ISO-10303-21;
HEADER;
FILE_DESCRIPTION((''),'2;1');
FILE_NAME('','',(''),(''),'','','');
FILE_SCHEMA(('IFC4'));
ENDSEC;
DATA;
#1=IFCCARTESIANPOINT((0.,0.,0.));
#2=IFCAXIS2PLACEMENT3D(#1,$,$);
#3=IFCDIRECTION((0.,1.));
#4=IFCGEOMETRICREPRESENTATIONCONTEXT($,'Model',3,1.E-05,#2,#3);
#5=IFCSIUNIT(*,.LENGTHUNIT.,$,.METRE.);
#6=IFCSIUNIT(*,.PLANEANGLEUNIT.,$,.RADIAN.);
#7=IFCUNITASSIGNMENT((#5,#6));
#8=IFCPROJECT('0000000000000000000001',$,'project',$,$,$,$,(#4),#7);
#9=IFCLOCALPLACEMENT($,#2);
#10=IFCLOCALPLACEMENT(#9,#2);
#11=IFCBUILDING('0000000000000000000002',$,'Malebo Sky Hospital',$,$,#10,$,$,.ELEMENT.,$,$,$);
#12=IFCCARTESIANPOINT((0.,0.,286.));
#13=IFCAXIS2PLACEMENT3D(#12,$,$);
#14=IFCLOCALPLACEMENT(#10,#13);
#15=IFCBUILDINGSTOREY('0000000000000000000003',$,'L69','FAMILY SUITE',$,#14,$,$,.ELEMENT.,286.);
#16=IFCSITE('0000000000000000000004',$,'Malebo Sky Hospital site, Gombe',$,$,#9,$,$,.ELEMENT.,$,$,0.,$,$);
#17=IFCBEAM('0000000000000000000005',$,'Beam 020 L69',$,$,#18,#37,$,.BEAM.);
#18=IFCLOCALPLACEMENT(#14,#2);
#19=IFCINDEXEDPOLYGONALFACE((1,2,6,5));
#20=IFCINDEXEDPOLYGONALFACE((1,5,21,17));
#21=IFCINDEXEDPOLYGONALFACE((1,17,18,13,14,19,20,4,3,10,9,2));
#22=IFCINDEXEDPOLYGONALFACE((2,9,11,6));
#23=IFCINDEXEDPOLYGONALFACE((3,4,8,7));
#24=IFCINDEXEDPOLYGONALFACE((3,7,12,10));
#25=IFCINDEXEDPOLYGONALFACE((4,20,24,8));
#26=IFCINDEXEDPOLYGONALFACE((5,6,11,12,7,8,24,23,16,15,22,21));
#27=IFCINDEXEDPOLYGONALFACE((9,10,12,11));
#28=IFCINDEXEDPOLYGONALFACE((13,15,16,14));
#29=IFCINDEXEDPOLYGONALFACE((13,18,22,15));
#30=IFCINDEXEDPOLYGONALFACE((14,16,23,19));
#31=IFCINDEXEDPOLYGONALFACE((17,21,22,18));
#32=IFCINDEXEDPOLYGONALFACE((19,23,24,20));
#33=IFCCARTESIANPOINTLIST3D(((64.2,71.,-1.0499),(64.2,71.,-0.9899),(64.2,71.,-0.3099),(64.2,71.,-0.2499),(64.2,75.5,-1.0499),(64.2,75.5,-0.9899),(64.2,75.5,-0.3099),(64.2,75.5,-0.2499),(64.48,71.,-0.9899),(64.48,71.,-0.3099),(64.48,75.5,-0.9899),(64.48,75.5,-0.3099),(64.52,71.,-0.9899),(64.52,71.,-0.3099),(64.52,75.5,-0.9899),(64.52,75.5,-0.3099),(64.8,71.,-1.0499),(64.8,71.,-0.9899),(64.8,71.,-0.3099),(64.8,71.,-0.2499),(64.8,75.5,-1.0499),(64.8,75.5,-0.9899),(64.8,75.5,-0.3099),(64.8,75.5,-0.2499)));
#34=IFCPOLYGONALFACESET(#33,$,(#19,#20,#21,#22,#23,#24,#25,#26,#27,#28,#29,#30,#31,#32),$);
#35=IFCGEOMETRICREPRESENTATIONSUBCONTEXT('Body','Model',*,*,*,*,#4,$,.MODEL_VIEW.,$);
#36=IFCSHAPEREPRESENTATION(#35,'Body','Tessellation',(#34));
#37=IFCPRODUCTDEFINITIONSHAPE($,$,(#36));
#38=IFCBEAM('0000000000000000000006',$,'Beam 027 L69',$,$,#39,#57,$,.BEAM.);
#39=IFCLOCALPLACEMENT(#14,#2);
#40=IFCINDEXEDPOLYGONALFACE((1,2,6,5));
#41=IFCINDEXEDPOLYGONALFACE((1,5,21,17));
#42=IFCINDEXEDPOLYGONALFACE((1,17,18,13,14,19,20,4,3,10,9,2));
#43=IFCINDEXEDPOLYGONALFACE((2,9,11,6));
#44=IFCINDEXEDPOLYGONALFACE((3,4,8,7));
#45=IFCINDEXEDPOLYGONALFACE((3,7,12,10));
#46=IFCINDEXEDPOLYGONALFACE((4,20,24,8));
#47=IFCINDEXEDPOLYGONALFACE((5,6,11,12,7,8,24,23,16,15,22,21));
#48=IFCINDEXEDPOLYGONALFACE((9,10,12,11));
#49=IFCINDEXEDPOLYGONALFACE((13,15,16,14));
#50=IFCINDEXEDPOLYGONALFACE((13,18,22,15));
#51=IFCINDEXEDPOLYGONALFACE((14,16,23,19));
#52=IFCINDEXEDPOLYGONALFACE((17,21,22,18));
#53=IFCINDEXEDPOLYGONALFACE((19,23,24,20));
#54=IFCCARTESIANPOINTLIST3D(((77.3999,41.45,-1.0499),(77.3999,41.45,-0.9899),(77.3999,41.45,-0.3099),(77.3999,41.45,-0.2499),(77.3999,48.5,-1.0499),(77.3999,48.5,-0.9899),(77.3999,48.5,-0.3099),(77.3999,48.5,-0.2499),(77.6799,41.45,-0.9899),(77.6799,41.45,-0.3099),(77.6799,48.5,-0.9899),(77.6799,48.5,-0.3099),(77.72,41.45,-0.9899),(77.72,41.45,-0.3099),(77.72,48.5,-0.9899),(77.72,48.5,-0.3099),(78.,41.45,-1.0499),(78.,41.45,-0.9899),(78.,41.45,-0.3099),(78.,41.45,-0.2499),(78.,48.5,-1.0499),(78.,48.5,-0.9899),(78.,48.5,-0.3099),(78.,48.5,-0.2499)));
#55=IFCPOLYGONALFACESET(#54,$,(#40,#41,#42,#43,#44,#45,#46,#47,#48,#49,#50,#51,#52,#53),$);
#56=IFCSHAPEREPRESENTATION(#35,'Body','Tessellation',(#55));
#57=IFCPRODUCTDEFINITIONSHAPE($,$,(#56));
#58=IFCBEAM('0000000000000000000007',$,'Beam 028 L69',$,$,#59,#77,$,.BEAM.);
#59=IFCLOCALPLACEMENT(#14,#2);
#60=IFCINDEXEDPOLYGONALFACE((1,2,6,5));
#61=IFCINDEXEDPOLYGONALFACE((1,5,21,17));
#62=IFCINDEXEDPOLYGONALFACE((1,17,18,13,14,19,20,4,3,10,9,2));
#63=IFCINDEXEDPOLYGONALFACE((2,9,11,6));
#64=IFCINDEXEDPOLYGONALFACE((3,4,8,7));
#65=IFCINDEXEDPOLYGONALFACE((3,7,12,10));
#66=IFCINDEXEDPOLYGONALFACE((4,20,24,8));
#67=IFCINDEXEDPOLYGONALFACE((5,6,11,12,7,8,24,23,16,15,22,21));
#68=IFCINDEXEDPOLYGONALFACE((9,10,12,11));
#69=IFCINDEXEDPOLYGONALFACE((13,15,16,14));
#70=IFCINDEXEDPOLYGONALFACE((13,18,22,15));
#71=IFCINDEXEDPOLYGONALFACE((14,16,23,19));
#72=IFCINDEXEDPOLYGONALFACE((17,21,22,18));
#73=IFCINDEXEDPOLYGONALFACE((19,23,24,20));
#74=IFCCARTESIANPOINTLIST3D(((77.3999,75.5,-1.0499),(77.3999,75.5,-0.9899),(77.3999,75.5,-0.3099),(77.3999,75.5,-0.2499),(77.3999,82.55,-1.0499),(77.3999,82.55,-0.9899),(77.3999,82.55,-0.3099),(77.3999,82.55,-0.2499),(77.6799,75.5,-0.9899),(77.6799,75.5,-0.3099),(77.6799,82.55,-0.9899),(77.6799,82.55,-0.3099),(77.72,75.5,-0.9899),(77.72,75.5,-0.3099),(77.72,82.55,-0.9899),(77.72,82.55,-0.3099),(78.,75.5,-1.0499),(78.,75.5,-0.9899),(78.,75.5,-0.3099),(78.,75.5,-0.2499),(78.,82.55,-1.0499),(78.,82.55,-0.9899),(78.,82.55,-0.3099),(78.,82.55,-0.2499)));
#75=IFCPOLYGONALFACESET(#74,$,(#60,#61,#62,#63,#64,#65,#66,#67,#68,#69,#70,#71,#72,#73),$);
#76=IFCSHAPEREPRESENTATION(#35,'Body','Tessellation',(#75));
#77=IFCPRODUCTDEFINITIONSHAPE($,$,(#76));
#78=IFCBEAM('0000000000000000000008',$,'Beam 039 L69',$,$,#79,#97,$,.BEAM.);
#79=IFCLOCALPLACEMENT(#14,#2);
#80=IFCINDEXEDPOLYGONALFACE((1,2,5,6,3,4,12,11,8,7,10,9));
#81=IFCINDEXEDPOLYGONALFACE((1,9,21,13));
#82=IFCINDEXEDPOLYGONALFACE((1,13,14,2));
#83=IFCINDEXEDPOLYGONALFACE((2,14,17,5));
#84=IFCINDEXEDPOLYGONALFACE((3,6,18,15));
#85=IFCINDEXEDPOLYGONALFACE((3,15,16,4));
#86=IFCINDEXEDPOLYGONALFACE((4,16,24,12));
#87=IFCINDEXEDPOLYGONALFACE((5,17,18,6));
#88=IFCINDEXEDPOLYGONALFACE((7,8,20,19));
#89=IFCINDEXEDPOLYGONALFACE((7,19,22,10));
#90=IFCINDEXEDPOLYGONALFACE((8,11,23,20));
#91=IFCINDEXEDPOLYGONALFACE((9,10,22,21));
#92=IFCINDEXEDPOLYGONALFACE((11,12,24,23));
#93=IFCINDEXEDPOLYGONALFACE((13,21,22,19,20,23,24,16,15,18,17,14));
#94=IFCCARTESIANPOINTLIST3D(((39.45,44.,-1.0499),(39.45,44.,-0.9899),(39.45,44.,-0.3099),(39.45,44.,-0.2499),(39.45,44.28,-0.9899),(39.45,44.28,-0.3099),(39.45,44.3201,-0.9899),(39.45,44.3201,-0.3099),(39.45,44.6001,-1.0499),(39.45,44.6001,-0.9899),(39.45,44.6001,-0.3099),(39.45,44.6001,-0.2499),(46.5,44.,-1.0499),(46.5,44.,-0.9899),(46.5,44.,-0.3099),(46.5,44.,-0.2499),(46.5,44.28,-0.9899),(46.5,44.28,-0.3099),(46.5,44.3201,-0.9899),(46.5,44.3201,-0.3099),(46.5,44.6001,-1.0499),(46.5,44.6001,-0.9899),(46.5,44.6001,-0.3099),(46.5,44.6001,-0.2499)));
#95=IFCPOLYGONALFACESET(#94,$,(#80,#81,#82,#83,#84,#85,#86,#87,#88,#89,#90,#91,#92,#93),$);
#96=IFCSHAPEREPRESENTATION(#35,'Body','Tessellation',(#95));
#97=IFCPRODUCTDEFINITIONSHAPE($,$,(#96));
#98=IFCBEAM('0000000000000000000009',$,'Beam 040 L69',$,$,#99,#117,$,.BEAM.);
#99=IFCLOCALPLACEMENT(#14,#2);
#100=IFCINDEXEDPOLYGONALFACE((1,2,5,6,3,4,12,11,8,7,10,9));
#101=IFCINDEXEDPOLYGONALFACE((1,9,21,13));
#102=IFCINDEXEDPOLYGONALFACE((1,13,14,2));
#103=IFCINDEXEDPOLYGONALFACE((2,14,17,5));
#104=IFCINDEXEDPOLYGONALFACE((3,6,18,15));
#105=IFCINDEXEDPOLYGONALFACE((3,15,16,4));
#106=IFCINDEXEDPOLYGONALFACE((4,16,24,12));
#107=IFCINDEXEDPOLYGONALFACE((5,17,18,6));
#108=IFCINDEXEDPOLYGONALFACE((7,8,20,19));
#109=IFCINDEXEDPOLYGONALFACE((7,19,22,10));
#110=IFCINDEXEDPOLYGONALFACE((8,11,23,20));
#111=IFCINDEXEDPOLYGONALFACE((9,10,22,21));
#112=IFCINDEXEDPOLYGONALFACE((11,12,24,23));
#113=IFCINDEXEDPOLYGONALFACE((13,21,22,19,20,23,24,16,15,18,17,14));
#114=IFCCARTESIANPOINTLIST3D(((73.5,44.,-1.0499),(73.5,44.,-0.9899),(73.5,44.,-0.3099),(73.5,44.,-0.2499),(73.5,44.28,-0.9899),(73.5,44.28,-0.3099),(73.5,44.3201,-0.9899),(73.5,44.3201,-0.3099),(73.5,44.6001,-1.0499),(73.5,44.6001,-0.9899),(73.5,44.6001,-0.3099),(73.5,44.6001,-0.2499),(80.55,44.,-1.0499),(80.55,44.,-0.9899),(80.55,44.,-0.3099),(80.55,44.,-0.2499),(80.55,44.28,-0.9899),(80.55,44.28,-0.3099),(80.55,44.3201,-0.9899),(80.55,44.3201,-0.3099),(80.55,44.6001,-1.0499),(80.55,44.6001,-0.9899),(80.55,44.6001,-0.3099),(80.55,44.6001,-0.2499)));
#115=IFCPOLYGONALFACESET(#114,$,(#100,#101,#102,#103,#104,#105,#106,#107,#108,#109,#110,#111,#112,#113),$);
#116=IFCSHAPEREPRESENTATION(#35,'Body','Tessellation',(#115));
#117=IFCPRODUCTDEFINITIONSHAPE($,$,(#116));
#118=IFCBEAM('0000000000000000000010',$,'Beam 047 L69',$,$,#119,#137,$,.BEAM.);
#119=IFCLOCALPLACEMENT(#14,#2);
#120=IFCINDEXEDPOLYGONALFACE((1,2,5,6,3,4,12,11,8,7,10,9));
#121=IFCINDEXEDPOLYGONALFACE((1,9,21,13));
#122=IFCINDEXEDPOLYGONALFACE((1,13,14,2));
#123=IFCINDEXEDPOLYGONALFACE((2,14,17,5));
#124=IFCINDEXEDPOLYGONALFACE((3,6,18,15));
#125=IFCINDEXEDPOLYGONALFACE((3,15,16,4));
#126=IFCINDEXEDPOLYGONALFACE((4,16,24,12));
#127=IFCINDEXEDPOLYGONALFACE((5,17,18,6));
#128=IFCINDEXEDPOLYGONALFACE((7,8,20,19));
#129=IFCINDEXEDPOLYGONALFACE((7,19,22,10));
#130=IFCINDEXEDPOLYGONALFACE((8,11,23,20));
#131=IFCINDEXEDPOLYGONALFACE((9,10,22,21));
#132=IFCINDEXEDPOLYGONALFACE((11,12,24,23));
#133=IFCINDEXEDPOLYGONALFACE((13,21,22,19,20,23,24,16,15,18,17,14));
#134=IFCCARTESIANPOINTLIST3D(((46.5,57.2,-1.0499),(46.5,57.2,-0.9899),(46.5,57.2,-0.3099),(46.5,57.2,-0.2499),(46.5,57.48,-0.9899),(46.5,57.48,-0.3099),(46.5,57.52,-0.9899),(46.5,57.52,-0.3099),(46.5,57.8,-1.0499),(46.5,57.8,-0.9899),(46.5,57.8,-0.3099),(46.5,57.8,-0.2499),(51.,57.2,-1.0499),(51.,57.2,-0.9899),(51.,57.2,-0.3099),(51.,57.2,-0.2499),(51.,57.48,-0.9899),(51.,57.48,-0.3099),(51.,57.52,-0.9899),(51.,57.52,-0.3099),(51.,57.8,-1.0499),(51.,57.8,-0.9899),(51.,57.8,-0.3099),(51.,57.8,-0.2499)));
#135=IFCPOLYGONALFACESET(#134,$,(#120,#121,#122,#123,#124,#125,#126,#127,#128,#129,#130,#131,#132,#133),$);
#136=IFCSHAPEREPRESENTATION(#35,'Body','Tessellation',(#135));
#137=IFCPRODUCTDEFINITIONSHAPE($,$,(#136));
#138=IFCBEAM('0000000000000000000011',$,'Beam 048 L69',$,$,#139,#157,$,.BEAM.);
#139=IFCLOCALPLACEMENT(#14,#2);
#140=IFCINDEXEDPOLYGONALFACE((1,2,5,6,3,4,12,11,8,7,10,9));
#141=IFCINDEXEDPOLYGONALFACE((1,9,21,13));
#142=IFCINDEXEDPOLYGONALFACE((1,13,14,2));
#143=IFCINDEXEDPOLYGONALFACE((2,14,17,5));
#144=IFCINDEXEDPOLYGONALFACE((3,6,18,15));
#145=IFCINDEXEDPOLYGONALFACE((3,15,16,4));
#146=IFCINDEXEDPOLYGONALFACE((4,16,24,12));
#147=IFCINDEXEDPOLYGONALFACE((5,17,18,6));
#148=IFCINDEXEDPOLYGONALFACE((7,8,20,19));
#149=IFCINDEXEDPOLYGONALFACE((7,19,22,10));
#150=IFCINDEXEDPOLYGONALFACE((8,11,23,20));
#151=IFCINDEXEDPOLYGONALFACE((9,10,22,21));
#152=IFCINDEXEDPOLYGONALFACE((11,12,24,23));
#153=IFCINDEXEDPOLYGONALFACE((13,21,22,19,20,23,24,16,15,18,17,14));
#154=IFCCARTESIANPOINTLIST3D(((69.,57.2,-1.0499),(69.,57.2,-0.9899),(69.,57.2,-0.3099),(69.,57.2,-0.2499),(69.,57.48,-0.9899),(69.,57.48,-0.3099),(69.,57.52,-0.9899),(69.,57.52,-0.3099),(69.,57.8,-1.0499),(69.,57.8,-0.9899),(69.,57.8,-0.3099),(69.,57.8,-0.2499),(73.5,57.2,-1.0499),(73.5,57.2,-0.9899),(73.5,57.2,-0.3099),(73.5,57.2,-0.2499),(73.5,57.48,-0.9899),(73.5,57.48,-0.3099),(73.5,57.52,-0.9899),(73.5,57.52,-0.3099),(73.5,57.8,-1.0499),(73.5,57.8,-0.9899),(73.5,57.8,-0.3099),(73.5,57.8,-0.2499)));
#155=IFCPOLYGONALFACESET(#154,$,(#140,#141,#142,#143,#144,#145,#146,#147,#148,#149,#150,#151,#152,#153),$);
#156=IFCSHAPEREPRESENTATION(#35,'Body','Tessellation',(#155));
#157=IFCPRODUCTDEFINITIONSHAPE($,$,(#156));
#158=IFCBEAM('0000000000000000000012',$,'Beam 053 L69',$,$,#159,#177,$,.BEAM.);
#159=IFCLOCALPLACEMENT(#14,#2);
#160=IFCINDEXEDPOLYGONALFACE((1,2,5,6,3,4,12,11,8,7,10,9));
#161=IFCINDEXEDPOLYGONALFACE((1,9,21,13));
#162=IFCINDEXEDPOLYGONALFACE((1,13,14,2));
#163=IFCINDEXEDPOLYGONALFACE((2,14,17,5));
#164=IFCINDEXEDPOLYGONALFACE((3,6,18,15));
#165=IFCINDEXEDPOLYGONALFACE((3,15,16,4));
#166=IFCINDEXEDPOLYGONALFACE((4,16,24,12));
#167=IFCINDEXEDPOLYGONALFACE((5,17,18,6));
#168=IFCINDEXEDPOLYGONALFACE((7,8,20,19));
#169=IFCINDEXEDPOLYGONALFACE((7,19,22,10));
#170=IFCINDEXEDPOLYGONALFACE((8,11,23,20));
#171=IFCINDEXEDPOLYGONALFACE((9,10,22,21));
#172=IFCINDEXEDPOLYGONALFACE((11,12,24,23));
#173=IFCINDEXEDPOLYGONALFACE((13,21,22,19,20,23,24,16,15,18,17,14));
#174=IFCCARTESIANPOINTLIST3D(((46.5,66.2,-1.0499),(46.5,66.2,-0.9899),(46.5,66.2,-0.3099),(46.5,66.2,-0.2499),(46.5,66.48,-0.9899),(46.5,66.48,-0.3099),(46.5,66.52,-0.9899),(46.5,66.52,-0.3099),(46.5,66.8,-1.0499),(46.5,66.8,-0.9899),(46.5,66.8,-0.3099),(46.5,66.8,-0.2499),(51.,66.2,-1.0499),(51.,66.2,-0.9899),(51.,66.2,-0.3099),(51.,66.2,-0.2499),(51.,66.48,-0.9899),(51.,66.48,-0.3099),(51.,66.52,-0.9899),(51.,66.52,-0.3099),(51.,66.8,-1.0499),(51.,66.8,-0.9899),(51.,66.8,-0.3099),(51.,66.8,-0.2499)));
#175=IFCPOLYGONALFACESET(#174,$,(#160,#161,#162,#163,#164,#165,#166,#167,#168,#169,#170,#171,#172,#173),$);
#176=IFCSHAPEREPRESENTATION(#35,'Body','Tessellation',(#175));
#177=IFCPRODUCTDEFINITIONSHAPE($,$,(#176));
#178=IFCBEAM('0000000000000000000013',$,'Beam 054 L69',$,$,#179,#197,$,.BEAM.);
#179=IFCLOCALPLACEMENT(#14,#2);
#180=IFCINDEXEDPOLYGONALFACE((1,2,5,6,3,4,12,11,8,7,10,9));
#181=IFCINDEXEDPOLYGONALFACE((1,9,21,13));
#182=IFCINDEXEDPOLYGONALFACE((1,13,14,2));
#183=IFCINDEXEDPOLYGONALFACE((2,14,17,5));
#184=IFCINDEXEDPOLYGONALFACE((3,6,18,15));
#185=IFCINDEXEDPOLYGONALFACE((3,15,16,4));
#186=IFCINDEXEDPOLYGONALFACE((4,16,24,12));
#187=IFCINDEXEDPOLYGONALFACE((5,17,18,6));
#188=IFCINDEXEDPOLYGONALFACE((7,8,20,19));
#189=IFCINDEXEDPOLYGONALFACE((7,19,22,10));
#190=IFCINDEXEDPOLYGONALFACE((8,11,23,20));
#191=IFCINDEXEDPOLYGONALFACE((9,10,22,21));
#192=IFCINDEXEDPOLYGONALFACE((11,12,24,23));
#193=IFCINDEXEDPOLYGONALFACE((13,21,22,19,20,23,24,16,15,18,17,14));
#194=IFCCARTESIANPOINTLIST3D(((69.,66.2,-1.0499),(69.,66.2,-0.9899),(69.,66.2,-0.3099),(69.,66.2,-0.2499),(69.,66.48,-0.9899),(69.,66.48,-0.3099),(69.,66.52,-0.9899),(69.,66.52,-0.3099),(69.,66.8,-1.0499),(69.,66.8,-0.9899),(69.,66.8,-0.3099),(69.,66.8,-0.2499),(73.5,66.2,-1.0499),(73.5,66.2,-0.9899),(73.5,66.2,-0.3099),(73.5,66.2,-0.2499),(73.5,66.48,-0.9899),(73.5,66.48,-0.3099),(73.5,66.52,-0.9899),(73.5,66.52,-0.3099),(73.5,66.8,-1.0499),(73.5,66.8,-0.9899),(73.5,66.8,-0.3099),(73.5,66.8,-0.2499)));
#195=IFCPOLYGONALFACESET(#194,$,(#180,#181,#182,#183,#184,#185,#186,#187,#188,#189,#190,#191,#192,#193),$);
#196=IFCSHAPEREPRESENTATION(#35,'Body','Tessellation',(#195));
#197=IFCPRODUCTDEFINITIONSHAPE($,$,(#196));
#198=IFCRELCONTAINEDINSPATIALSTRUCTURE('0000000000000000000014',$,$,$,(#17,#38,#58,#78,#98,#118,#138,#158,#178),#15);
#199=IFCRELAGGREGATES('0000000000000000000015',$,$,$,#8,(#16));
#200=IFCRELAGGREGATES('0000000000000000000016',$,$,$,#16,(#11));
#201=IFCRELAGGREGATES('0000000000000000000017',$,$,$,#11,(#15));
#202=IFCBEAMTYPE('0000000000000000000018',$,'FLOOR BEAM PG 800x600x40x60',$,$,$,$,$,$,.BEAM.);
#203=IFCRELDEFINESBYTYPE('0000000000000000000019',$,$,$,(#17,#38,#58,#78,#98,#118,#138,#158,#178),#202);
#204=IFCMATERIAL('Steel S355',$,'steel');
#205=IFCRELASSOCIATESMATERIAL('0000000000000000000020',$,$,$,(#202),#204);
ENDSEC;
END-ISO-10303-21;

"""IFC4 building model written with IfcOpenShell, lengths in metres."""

from ifc_helpers import new_model, si_unit, direction, frame, origin, origin_2d, place, context, subcontext, project, spatial, i_section, extrude, material, material_profile, profile_set, type_object, element, save


model = new_model("IFC4")

# Units and contexts
model_context = context("Model", 3, precision=1e-05, world=origin(), true_north=direction((0.0, 1.0)))
body_context = subcontext(model_context, "Body", "Model", "MODEL_VIEW")
ifc_project = project(units=[si_unit("LENGTHUNIT", "METRE"), si_unit("PLANEANGLEUNIT", "RADIAN")], contexts=[model_context])

# Site, building, storey
site_placement = place(None, origin())
site = spatial("IfcSite", under=ifc_project, at=site_placement, Name="Malebo Sky Hospital site, Gombe", CompositionType="ELEMENT", RefElevation=0.0)
building_placement = place(site_placement, origin())
building = spatial("IfcBuilding", under=site, at=building_placement, Name="Malebo Sky Hospital", CompositionType="ELEMENT")
storey_placement = place(building_placement, frame((0.0, 0.0, 286.0)))
storey = spatial("IfcBuildingStorey", under=building, at=storey_placement, Name="L69", Description="FAMILY SUITE", CompositionType="ELEMENT", Elevation=286.0)

# Beams
ifc_material = material(Name="Steel S355", Category="steel")
ifc_material_profile_1 = material_profile(ifc_material, i_section(OverallWidth=0.6001, OverallDepth=0.8, WebThickness=0.04, FlangeThickness=0.0601, at=origin_2d()), Name="PG 800x600x40x60")
ifc_profile_set_1 = profile_set([ifc_material_profile_1], Name="Steel S355")
beam_type_1 = type_object("IfcBeamType", Name="FLOOR BEAM PG 800x600x40x60", PredefinedType="BEAM", material=ifc_profile_set_1)
for number, where, z_axis, x_axis, name in (
    (1, (64.5, 71.0, -0.6499), (0.0, 1.0, 0.0), (-1.0, 0.0, 0.0), "Beam 020 L69"),
):
    element("IfcBeam", number, at=place(storey_placement, frame(where, z_axis=z_axis, x_axis=x_axis)), inside=storey, type_object=beam_type_1, Name=name, PredefinedType="BEAM", context=body_context, shape_type="SweptSolid", body=[
        extrude(i_section(OverallWidth=0.6001, OverallDepth=0.8, WebThickness=0.04, FlangeThickness=0.0601, at=origin_2d()), origin(), (0.0, 0.0, 1.0), 4.5),
    ])
for number, where, z_axis, x_axis, name in (
    (2, (77.7, 41.45, -0.6499), (0.0, 1.0, 0.0), (-1.0, 0.0, 0.0), "Beam 027 L69"),
    (3, (77.7, 75.5, -0.6499), (0.0, 1.0, 0.0), (-1.0, 0.0, 0.0), "Beam 028 L69"),
    (4, (39.45, 44.3, -0.6499), (1.0, 0.0, 0.0), (0.0, 1.0, 0.0), "Beam 039 L69"),
    (5, (73.5, 44.3, -0.6499), (1.0, 0.0, 0.0), (0.0, 1.0, 0.0), "Beam 040 L69"),
):
    element("IfcBeam", number, at=place(storey_placement, frame(where, z_axis=z_axis, x_axis=x_axis)), inside=storey, type_object=beam_type_1, Name=name, PredefinedType="BEAM", context=body_context, shape_type="SweptSolid", body=[
        extrude(i_section(OverallWidth=0.6001, OverallDepth=0.8, WebThickness=0.04, FlangeThickness=0.0601, at=origin_2d()), origin(), (0.0, 0.0, 1.0), 7.05),
    ])
for number, where, z_axis, x_axis, name in (
    (6, (46.5, 57.5, -0.6499), (1.0, 0.0, 0.0), (0.0, 1.0, 0.0), "Beam 047 L69"),
    (7, (69.0, 57.5, -0.6499), (1.0, 0.0, 0.0), (0.0, 1.0, 0.0), "Beam 048 L69"),
    (8, (46.5, 66.5, -0.6499), (1.0, 0.0, 0.0), (0.0, 1.0, 0.0), "Beam 053 L69"),
    (9, (69.0, 66.5, -0.6499), (1.0, 0.0, 0.0), (0.0, 1.0, 0.0), "Beam 054 L69"),
):
    element("IfcBeam", number, at=place(storey_placement, frame(where, z_axis=z_axis, x_axis=x_axis)), inside=storey, type_object=beam_type_1, Name=name, PredefinedType="BEAM", context=body_context, shape_type="SweptSolid", body=[
        extrude(i_section(OverallWidth=0.6001, OverallDepth=0.8, WebThickness=0.04, FlangeThickness=0.0601, at=origin_2d()), origin(), (0.0, 0.0, 1.0), 4.5),
    ])

save(model, "model.ifc")
